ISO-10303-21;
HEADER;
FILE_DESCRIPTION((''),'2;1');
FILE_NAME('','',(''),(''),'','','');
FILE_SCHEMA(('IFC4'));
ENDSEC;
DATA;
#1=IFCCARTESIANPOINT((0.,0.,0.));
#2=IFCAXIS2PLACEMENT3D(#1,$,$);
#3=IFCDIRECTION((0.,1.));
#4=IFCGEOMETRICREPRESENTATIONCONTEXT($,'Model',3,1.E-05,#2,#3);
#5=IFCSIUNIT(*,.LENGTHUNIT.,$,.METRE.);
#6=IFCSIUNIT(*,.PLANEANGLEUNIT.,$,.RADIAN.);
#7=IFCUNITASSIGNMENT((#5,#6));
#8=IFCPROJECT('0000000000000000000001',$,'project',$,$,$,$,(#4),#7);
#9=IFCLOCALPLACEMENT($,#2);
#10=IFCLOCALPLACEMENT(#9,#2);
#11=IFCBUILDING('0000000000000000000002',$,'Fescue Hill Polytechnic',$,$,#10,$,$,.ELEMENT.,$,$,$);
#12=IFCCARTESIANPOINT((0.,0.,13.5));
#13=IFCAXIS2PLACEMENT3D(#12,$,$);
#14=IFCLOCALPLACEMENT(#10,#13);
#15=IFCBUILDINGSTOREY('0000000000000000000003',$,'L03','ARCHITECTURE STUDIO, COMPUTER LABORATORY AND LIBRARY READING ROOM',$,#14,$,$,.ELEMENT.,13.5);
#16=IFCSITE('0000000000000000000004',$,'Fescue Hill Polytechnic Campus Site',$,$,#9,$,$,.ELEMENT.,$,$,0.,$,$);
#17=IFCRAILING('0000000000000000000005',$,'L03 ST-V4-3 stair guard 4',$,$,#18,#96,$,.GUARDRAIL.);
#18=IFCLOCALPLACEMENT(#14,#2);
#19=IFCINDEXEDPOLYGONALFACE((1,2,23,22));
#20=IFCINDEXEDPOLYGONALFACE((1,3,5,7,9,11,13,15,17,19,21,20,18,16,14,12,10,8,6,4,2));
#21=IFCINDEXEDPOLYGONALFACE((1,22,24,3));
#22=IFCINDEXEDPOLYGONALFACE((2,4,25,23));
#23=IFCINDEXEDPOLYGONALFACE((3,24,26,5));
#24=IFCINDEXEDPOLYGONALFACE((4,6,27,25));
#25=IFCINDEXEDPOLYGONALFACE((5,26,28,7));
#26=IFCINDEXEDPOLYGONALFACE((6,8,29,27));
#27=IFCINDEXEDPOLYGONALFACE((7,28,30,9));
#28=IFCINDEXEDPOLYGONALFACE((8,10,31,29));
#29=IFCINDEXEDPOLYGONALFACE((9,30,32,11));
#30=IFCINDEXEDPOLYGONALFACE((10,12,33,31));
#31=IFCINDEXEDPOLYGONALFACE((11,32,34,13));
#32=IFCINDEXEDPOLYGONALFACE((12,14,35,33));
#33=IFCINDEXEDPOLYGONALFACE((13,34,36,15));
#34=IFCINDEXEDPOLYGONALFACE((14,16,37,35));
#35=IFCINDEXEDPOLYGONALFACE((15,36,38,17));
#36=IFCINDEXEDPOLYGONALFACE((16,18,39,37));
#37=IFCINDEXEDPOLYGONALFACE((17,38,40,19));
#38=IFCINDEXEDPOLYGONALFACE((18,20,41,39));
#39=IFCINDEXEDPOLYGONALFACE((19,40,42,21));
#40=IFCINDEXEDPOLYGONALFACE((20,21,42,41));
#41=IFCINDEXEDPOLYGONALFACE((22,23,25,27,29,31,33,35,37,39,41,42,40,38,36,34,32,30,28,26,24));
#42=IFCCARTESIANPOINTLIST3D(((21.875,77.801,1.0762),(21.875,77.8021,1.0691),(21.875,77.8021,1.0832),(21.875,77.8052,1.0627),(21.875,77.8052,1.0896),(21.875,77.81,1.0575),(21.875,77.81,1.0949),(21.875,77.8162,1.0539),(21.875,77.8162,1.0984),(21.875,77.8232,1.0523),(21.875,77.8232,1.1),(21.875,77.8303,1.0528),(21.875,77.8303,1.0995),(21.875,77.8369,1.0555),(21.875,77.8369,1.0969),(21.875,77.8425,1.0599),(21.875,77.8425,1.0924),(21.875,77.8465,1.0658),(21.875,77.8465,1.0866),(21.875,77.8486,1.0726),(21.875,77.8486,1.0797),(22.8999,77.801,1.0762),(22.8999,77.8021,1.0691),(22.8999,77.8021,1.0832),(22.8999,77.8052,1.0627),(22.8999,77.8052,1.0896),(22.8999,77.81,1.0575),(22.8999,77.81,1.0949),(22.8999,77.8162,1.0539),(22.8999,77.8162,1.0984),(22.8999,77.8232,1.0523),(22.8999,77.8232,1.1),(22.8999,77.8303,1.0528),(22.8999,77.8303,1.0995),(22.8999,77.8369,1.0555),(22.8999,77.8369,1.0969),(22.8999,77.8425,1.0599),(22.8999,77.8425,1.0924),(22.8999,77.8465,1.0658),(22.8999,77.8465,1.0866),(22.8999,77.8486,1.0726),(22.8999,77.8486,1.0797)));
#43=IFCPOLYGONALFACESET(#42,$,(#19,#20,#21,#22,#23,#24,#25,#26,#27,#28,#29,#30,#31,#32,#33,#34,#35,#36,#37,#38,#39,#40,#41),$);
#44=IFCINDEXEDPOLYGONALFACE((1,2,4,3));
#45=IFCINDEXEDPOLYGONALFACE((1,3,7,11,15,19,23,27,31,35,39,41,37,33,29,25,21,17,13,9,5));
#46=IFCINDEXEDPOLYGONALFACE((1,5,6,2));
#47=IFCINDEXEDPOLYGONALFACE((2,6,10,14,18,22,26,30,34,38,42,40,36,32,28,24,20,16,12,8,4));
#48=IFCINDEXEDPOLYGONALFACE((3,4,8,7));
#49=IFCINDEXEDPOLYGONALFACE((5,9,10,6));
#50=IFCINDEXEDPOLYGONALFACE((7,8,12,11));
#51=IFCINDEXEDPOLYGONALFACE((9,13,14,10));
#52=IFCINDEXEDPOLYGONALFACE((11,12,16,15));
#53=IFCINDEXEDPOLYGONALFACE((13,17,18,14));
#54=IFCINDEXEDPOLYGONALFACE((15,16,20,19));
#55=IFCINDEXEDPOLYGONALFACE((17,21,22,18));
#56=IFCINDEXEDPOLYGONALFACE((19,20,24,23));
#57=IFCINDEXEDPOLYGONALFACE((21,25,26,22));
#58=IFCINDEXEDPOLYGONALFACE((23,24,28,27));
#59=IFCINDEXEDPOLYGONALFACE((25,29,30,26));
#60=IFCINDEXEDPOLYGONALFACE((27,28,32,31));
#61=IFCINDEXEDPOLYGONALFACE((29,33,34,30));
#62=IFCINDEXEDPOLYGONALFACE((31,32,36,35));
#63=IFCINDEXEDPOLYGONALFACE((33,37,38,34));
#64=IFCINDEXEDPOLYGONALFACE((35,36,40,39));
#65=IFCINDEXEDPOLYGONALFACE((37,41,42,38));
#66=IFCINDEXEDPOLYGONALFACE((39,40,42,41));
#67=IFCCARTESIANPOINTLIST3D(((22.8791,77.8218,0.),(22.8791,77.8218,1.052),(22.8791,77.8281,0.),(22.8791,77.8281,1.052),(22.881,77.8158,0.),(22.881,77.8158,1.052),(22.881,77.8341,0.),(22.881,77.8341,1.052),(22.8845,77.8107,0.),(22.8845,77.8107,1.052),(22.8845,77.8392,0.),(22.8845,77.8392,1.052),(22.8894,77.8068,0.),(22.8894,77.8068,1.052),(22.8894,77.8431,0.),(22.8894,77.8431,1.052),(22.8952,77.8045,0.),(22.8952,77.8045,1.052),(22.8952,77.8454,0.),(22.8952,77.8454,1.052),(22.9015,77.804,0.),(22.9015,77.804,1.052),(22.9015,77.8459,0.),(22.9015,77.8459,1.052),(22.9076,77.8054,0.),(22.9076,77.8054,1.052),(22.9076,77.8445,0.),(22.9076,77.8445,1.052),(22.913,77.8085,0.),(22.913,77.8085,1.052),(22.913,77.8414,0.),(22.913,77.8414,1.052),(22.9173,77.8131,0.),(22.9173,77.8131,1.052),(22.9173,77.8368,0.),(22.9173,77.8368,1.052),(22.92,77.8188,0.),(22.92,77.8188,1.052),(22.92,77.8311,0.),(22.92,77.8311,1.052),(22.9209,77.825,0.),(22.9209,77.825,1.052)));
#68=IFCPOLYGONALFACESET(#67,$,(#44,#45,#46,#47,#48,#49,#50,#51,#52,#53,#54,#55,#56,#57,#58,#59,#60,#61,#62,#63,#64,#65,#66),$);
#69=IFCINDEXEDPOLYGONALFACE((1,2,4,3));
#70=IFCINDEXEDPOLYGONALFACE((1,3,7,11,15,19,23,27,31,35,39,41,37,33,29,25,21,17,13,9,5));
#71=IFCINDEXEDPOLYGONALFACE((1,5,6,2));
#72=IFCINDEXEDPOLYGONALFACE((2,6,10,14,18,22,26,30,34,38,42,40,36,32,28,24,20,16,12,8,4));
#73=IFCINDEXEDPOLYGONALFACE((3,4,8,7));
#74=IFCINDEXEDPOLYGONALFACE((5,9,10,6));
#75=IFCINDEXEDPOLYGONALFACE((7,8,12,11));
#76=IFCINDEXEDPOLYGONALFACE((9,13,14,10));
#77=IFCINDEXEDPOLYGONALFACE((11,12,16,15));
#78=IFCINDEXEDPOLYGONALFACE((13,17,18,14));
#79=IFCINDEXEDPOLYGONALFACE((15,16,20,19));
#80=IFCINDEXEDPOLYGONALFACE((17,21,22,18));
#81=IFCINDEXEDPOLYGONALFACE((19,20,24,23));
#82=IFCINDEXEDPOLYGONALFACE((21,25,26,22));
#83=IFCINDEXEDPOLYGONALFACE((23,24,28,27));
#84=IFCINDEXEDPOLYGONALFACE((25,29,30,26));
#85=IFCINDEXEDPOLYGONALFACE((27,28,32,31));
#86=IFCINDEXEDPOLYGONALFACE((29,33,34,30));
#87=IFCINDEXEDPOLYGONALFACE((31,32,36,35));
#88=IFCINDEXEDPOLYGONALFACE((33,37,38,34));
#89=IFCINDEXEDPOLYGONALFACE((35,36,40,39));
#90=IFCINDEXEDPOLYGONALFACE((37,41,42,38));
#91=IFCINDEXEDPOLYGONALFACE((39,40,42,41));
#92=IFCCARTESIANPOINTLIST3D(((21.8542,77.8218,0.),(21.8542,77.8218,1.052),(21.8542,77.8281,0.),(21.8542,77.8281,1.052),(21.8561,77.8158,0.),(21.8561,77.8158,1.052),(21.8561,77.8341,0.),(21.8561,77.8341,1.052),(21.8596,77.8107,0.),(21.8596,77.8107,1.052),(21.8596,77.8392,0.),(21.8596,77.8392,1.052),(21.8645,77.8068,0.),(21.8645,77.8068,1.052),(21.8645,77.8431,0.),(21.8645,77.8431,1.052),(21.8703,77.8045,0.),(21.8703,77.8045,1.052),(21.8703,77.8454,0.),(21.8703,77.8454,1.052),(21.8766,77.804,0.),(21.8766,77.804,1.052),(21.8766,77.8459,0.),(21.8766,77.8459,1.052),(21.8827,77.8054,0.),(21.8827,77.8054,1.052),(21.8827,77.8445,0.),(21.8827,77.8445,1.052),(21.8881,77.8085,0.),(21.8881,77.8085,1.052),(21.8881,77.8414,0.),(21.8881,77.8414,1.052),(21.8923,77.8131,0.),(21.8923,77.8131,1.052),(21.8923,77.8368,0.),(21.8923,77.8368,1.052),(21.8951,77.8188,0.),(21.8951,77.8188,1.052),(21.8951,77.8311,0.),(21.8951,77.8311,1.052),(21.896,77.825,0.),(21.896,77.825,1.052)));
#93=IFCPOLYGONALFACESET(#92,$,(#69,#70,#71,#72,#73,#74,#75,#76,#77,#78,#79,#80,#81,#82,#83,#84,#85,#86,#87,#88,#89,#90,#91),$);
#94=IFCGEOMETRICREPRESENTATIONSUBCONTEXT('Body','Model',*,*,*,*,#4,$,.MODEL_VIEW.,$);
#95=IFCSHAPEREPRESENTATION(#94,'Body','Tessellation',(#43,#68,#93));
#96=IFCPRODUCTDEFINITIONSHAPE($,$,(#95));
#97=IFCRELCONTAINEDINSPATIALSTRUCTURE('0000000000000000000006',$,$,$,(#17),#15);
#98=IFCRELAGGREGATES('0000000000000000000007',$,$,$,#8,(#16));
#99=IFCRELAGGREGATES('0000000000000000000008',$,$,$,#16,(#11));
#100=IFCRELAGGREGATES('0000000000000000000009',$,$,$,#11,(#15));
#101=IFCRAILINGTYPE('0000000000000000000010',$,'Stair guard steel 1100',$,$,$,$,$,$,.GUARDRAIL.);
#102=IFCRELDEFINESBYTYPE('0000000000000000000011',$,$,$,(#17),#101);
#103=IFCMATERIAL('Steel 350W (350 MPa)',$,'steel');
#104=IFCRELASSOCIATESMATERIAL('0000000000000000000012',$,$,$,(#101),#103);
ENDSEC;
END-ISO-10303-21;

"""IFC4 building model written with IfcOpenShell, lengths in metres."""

from ifc_helpers import new_model, si_unit, direction, frame, origin, origin_2d, place, context, subcontext, project, spatial, circle, extrude, material, type_object, element, save


model = new_model("IFC4")

# Units and contexts
model_context = context("Model", 3, precision=1e-05, world=origin(), true_north=direction((0.0, 1.0)))
body_context = subcontext(model_context, "Body", "Model", "MODEL_VIEW")
ifc_project = project(units=[si_unit("LENGTHUNIT", "METRE"), si_unit("PLANEANGLEUNIT", "RADIAN")], contexts=[model_context])

# Site, building, storey
site_placement = place(None, origin())
site = spatial("IfcSite", under=ifc_project, at=site_placement, Name="Fescue Hill Polytechnic Campus Site", CompositionType="ELEMENT", RefElevation=0.0)
building_placement = place(site_placement, origin())
building = spatial("IfcBuilding", under=site, at=building_placement, Name="Fescue Hill Polytechnic", CompositionType="ELEMENT")
storey_placement = place(building_placement, frame((0.0, 0.0, 13.5)))
storey = spatial("IfcBuildingStorey", under=building, at=storey_placement, Name="L03", Description="ARCHITECTURE STUDIO, COMPUTER LABORATORY AND LIBRARY READING ROOM", CompositionType="ELEMENT", Elevation=13.5)

# Railing
ifc_material_1 = material(Name="Steel 350W (350 MPa)", Category="steel")
railing_type = type_object("IfcRailingType", Name="Stair guard steel 1100", PredefinedType="GUARDRAIL", material=ifc_material_1)
railing_1_placement = place(storey_placement, frame((22.8999, 77.825, 0.0)))
element("IfcRailing", 1, at=railing_1_placement, inside=storey, type_object=railing_type, Name="L03 ST-V4-3 stair guard 4", PredefinedType="GUARDRAIL", context=body_context, shape_type="SweptSolid", body=[
    extrude(circle(Radius=0.0239, at=origin_2d()), frame((0.0, 0.0, 1.0762), z_axis=(-1.0, 0.0, 0.0), x_axis=(0.0, -1.0, 0.0)), (0.0, 0.0, 1.0), 1.0249),
    extrude(circle(Radius=0.021, at=origin_2d()), origin(), (0.0, 0.0, 1.0), 1.052),
    extrude(circle(Radius=0.021, at=origin_2d()), frame((-1.0249, 0.0, 0.0)), (0.0, 0.0, 1.0), 1.052),
])

save(model, "model.ifc")
